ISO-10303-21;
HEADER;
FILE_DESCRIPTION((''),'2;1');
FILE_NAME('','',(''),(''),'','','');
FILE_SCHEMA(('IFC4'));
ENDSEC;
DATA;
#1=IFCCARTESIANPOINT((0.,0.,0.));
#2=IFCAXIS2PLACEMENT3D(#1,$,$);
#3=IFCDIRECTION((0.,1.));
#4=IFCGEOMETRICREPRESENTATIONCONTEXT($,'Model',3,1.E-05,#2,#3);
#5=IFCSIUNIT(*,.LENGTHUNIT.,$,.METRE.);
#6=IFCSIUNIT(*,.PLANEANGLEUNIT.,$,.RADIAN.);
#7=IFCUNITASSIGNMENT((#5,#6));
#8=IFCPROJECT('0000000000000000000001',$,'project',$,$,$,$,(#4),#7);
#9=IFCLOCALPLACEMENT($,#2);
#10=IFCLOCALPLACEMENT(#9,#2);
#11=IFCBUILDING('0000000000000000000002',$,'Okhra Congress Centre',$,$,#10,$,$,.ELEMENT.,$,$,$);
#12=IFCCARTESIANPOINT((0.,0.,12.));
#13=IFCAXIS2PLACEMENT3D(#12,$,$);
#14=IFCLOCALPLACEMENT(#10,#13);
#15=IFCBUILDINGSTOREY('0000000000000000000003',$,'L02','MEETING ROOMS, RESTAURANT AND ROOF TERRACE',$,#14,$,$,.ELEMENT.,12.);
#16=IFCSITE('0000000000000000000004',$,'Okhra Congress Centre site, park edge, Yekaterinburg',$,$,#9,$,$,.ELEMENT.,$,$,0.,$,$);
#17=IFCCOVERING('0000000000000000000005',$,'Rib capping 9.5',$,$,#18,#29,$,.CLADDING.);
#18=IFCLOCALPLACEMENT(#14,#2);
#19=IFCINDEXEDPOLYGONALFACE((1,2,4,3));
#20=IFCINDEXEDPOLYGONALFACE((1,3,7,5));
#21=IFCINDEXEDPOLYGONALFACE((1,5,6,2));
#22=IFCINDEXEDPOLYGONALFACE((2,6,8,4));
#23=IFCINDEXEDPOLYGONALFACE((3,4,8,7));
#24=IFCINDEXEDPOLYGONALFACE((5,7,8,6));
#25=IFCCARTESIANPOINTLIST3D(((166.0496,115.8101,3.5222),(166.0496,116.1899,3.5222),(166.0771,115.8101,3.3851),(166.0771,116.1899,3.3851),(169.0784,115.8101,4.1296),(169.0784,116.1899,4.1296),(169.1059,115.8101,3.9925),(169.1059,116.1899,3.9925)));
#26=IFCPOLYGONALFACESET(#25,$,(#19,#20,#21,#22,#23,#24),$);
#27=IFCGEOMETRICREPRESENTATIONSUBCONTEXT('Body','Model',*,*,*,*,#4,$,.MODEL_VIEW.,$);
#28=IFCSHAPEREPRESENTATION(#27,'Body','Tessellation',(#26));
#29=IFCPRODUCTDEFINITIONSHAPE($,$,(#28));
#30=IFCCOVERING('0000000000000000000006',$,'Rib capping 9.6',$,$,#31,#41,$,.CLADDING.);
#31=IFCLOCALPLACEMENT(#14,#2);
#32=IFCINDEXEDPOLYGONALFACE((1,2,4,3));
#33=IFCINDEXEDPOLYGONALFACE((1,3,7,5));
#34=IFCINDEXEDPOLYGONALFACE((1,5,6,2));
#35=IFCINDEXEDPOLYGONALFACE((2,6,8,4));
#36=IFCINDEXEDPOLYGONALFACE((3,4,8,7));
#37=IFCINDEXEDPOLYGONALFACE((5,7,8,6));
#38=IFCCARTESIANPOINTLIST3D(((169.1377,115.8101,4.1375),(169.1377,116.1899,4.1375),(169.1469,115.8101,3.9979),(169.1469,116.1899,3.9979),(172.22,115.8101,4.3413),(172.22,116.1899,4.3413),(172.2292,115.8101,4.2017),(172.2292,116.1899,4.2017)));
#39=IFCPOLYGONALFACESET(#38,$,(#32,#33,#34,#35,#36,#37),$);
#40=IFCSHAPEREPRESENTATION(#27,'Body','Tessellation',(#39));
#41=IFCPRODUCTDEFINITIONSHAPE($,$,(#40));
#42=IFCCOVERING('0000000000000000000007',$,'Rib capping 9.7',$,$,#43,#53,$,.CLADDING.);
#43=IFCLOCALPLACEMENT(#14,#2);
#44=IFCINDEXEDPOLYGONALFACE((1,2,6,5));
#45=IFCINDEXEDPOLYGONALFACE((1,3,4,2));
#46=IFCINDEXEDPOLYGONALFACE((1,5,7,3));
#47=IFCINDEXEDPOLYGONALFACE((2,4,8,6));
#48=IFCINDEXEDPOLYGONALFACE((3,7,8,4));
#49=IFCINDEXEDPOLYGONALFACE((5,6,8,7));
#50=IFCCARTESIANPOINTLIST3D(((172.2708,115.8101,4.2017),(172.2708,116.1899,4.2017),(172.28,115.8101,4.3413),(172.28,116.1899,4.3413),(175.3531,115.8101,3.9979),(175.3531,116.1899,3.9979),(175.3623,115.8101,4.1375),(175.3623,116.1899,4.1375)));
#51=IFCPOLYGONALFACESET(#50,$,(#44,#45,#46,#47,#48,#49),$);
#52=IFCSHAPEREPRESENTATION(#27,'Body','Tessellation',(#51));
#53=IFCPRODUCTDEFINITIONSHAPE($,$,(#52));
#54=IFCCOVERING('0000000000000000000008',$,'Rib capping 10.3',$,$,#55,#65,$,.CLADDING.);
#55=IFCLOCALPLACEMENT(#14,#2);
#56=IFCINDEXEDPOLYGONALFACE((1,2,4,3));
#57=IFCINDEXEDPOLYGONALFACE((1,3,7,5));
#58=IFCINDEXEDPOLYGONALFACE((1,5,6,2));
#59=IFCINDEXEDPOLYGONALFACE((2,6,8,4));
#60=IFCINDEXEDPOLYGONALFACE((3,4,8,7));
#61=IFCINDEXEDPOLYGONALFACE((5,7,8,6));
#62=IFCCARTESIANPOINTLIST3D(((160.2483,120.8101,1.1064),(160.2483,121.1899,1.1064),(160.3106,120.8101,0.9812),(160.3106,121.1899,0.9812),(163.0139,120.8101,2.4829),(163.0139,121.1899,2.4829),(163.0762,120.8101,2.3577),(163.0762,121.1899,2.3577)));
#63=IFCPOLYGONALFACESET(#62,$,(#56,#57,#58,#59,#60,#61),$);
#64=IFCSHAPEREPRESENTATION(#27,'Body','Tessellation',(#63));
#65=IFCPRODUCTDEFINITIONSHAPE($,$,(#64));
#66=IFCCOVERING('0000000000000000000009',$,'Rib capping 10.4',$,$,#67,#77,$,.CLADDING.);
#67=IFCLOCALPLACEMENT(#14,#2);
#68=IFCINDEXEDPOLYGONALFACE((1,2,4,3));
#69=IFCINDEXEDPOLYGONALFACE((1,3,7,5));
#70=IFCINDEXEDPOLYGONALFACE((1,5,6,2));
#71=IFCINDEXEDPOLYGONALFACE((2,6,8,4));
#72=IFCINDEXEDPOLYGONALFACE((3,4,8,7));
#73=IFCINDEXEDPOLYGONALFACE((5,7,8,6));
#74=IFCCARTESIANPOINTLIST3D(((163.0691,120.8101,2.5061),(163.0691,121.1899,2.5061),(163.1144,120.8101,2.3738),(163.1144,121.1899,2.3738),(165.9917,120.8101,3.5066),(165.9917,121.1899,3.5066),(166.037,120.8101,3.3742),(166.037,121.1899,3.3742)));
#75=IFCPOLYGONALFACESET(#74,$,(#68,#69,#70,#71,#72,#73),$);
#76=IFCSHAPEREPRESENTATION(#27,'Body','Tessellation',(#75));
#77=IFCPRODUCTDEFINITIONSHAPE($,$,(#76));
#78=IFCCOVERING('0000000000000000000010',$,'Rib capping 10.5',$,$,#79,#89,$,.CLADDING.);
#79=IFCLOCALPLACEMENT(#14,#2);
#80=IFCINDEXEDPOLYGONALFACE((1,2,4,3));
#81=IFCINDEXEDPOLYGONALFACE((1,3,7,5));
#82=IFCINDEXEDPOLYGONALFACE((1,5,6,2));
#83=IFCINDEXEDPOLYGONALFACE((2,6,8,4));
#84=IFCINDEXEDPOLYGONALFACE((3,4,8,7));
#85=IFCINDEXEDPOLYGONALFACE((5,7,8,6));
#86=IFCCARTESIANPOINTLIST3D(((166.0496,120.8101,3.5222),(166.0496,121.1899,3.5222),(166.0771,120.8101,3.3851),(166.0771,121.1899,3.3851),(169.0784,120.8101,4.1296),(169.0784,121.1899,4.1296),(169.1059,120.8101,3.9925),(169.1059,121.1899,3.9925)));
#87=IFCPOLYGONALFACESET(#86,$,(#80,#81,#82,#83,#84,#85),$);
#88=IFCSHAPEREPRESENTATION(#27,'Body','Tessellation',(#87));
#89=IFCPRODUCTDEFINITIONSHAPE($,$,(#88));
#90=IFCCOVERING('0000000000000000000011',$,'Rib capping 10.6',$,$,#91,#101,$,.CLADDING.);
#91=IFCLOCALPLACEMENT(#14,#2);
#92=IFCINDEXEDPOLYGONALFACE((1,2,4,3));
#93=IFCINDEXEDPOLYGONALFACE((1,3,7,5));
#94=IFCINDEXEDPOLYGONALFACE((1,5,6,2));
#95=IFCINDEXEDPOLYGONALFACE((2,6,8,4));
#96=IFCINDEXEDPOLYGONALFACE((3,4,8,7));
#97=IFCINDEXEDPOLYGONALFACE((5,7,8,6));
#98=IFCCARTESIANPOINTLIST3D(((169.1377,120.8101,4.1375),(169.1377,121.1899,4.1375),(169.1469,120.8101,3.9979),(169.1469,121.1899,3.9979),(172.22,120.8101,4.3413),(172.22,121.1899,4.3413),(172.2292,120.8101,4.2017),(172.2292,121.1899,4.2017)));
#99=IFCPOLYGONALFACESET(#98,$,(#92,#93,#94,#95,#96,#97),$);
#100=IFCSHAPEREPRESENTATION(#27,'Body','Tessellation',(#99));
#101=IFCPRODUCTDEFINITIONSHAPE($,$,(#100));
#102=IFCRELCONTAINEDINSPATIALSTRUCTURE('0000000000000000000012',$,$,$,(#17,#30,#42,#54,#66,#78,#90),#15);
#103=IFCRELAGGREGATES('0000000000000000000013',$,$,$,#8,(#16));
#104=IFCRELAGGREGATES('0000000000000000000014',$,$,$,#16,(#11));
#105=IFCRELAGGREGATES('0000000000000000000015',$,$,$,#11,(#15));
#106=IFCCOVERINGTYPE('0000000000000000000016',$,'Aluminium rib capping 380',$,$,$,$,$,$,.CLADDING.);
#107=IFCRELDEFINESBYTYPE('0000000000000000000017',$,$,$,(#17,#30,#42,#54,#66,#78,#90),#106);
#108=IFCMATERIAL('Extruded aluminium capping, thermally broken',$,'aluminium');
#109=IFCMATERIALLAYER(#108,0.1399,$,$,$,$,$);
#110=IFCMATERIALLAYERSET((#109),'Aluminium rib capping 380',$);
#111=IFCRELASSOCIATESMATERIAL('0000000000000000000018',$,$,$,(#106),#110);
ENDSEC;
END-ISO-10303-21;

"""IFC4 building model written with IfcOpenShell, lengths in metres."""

from ifc_helpers import new_model, si_unit, direction, frame, origin, place, context, subcontext, project, spatial, polyline, outline, extrude, material, layer, layer_set, type_object, element, save


model = new_model("IFC4")

# Units and contexts
model_context = context("Model", 3, precision=1e-05, world=origin(), true_north=direction((0.0, 1.0)))
body_context = subcontext(model_context, "Body", "Model", "MODEL_VIEW")
ifc_project = project(units=[si_unit("LENGTHUNIT", "METRE"), si_unit("PLANEANGLEUNIT", "RADIAN")], contexts=[model_context])

# Site, building, storey
site_placement = place(None, origin())
site = spatial("IfcSite", under=ifc_project, at=site_placement, Name="Okhra Congress Centre site, park edge, Yekaterinburg", CompositionType="ELEMENT", RefElevation=0.0)
building_placement = place(site_placement, origin())
building = spatial("IfcBuilding", under=site, at=building_placement, Name="Okhra Congress Centre", CompositionType="ELEMENT")
storey_placement = place(building_placement, frame((0.0, 0.0, 12.0)))
storey = spatial("IfcBuildingStorey", under=building, at=storey_placement, Name="L02", Description="MEETING ROOMS, RESTAURANT AND ROOF TERRACE", CompositionType="ELEMENT", Elevation=12.0)

# Coverings
ifc_material_1 = material(Name="Extruded aluminium capping, thermally broken", Category="aluminium")
ifc_layer = layer(ifc_material_1, 0.1399)
ifc_layer_set = layer_set([ifc_layer], Name="Aluminium rib capping 380")
covering_type = type_object("IfcCoveringType", Name="Aluminium rib capping 380", PredefinedType="CLADDING", material=ifc_layer_set)
covering_1_placement = place(storey_placement, frame((166.0496, 115.8101, 3.5222), z_axis=(-0.196633, 0.0, 0.980477), x_axis=(0.980477, 0.0, 0.196633)))
element("IfcCovering", 1, at=covering_1_placement, inside=storey, type_object=covering_type, Name="Rib capping 9.5", PredefinedType="CLADDING", context=body_context, shape_type="SweptSolid", body=[
    extrude(outline(polyline([(0.0, 0.0), (3.0891, 0.0), (3.0891, 0.3799), (0.0, 0.3799), (0.0, 0.0)])), origin(), (0.0, 0.0, -1.0), 0.1399),
])
for number, where, z_axis, x_axis, name in (
    (2, (169.1377, 115.8101, 4.1375), (-0.065994, 0.0, 0.99782), (0.99782, 0.0, 0.065994), "Rib capping 9.6"),
    (3, (172.28, 115.8101, 4.3413), (0.065994, 0.0, 0.99782), (0.99782, 0.0, -0.065994), "Rib capping 9.7"),
):
    element("IfcCovering", number, at=place(storey_placement, frame(where, z_axis=z_axis, x_axis=x_axis)), inside=storey, type_object=covering_type, Name=name, PredefinedType="CLADDING", context=body_context, shape_type="SweptSolid", body=[
        extrude(outline(polyline([(0.0, 0.0), (3.089, 0.0), (3.089, 0.3799), (0.0, 0.3799), (0.0, 0.0)])), origin(), (0.0, 0.0, -1.0), 0.1399),
    ])
covering_2_placement = place(storey_placement, frame((160.2483, 120.8101, 1.1064), z_axis=(-0.445569, 0.0, 0.895248), x_axis=(0.895248, 0.0, 0.445569)))
element("IfcCovering", 4, at=covering_2_placement, inside=storey, type_object=covering_type, Name="Rib capping 10.3", PredefinedType="CLADDING", context=body_context, shape_type="SweptSolid", body=[
    extrude(outline(polyline([(0.0, 0.0), (3.0892, 0.0), (3.0892, 0.3799), (0.0, 0.3799), (0.0, 0.0)])), origin(), (0.0, 0.0, -1.0), 0.1399),
])
covering_3_placement = place(storey_placement, frame((163.0691, 120.8101, 2.5061), z_axis=(-0.323876, 0.0, 0.9461), x_axis=(0.9461, 0.0, 0.323876)))
element("IfcCovering", 5, at=covering_3_placement, inside=storey, type_object=covering_type, Name="Rib capping 10.4", PredefinedType="CLADDING", context=body_context, shape_type="SweptSolid", body=[
    extrude(outline(polyline([(0.0, 0.0), (3.0891, 0.0), (3.0891, 0.3799), (0.0, 0.3799), (0.0, 0.0)])), origin(), (0.0, 0.0, -1.0), 0.1399),
])
covering_4_placement = place(storey_placement, frame((166.0496, 120.8101, 3.5222), z_axis=(-0.196633, 0.0, 0.980477), x_axis=(0.980477, 0.0, 0.196633)))
element("IfcCovering", 6, at=covering_4_placement, inside=storey, type_object=covering_type, Name="Rib capping 10.5", PredefinedType="CLADDING", context=body_context, shape_type="SweptSolid", body=[
    extrude(outline(polyline([(0.0, 0.0), (3.0891, 0.0), (3.0891, 0.3799), (0.0, 0.3799), (0.0, 0.0)])), origin(), (0.0, 0.0, -1.0), 0.1399),
])
covering_5_placement = place(storey_placement, frame((169.1377, 120.8101, 4.1375), z_axis=(-0.065994, 0.0, 0.99782), x_axis=(0.99782, 0.0, 0.065994)))
element("IfcCovering", 7, at=covering_5_placement, inside=storey, type_object=covering_type, Name="Rib capping 10.6", PredefinedType="CLADDING", context=body_context, shape_type="SweptSolid", body=[
    extrude(outline(polyline([(0.0, 0.0), (3.089, 0.0), (3.089, 0.3799), (0.0, 0.3799), (0.0, 0.0)])), origin(), (0.0, 0.0, -1.0), 0.1399),
])

save(model, "model.ifc")
